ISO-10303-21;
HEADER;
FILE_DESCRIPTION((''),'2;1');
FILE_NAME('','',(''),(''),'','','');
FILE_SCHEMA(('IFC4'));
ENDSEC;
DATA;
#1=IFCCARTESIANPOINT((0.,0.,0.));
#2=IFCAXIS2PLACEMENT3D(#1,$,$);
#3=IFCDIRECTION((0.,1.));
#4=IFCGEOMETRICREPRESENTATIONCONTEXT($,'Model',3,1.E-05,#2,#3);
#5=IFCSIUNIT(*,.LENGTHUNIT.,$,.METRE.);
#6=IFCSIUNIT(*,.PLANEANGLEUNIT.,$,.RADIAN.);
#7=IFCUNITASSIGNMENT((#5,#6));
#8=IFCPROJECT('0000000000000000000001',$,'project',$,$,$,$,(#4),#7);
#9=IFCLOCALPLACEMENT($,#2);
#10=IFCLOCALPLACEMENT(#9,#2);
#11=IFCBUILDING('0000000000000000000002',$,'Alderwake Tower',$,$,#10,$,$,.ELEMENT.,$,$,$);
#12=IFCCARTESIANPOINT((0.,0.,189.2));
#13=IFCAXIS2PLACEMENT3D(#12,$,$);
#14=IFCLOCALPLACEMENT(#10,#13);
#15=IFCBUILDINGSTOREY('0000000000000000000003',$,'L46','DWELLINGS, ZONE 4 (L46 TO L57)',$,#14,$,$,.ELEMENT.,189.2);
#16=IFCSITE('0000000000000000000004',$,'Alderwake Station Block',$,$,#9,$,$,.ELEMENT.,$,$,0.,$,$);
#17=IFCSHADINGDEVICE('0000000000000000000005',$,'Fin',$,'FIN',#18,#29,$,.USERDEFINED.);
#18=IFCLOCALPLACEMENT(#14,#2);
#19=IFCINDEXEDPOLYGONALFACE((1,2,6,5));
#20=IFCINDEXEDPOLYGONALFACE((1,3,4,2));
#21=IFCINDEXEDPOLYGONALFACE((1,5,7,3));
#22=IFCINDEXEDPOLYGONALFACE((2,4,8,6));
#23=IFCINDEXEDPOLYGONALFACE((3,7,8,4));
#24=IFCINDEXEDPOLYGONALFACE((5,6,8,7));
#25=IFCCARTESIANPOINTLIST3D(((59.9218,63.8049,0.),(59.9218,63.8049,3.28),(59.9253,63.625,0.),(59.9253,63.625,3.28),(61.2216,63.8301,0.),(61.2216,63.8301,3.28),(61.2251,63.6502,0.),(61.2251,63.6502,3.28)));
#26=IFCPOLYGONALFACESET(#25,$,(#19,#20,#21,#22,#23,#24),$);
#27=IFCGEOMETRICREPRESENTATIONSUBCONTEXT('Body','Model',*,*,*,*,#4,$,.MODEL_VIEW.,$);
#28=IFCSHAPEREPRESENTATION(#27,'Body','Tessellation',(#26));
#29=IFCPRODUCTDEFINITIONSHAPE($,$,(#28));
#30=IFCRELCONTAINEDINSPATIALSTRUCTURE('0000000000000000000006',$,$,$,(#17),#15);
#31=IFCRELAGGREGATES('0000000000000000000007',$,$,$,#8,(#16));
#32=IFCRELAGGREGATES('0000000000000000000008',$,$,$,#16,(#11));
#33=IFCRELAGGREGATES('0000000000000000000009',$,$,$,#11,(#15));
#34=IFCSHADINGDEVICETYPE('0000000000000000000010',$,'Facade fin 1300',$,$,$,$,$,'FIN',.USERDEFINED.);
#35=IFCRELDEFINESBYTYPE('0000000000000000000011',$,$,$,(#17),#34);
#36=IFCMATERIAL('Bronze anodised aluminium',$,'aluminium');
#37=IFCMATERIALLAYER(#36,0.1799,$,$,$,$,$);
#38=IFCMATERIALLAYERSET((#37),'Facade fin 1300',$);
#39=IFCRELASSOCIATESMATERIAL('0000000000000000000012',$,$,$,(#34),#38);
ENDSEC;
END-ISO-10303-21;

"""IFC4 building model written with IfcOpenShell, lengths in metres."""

from ifc_helpers import new_model, si_unit, direction, frame, origin, origin_2d, place, context, subcontext, project, spatial, rectangle, extrude, material, layer, layer_set, type_object, element, save


model = new_model("IFC4")

# Units and contexts
model_context = context("Model", 3, precision=1e-05, world=origin(), true_north=direction((0.0, 1.0)))
body_context = subcontext(model_context, "Body", "Model", "MODEL_VIEW")
ifc_project = project(units=[si_unit("LENGTHUNIT", "METRE"), si_unit("PLANEANGLEUNIT", "RADIAN")], contexts=[model_context])

# Site, building, storey
site_placement = place(None, origin())
site = spatial("IfcSite", under=ifc_project, at=site_placement, Name="Alderwake Station Block", CompositionType="ELEMENT", RefElevation=0.0)
building_placement = place(site_placement, origin())
building = spatial("IfcBuilding", under=site, at=building_placement, Name="Alderwake Tower", CompositionType="ELEMENT")
storey_placement = place(building_placement, frame((0.0, 0.0, 189.2)))
storey = spatial("IfcBuildingStorey", under=building, at=storey_placement, Name="L46", Description="DWELLINGS, ZONE 4 (L46 TO L57)", CompositionType="ELEMENT", Elevation=189.2)

# Shading device
ifc_material_1 = material(Name="Bronze anodised aluminium", Category="aluminium")
ifc_layer_1 = layer(ifc_material_1, 0.1799)
ifc_layer_set_1 = layer_set([ifc_layer_1], Name="Facade fin 1300")
shading_device_type = type_object("IfcShadingDeviceType", Name="Facade fin 1300", ElementType="FIN", PredefinedType="USERDEFINED", material=ifc_layer_set_1)
shading_device_placement = place(storey_placement, frame((60.5735, 63.7275, 0.0), z_axis=(0.0, 0.0, 1.0), x_axis=(0.999812, 0.019398, 0.0)))
element("IfcShadingDevice", 1, at=shading_device_placement, inside=storey, type_object=shading_device_type, Name="Fin", ObjectType="FIN", PredefinedType="USERDEFINED", context=body_context, shape_type="SweptSolid", body=[
    extrude(rectangle(XDim=1.3, YDim=0.1799, at=origin_2d()), origin(), (0.0, 0.0, 1.0), 3.28),
])

save(model, "model.ifc")
